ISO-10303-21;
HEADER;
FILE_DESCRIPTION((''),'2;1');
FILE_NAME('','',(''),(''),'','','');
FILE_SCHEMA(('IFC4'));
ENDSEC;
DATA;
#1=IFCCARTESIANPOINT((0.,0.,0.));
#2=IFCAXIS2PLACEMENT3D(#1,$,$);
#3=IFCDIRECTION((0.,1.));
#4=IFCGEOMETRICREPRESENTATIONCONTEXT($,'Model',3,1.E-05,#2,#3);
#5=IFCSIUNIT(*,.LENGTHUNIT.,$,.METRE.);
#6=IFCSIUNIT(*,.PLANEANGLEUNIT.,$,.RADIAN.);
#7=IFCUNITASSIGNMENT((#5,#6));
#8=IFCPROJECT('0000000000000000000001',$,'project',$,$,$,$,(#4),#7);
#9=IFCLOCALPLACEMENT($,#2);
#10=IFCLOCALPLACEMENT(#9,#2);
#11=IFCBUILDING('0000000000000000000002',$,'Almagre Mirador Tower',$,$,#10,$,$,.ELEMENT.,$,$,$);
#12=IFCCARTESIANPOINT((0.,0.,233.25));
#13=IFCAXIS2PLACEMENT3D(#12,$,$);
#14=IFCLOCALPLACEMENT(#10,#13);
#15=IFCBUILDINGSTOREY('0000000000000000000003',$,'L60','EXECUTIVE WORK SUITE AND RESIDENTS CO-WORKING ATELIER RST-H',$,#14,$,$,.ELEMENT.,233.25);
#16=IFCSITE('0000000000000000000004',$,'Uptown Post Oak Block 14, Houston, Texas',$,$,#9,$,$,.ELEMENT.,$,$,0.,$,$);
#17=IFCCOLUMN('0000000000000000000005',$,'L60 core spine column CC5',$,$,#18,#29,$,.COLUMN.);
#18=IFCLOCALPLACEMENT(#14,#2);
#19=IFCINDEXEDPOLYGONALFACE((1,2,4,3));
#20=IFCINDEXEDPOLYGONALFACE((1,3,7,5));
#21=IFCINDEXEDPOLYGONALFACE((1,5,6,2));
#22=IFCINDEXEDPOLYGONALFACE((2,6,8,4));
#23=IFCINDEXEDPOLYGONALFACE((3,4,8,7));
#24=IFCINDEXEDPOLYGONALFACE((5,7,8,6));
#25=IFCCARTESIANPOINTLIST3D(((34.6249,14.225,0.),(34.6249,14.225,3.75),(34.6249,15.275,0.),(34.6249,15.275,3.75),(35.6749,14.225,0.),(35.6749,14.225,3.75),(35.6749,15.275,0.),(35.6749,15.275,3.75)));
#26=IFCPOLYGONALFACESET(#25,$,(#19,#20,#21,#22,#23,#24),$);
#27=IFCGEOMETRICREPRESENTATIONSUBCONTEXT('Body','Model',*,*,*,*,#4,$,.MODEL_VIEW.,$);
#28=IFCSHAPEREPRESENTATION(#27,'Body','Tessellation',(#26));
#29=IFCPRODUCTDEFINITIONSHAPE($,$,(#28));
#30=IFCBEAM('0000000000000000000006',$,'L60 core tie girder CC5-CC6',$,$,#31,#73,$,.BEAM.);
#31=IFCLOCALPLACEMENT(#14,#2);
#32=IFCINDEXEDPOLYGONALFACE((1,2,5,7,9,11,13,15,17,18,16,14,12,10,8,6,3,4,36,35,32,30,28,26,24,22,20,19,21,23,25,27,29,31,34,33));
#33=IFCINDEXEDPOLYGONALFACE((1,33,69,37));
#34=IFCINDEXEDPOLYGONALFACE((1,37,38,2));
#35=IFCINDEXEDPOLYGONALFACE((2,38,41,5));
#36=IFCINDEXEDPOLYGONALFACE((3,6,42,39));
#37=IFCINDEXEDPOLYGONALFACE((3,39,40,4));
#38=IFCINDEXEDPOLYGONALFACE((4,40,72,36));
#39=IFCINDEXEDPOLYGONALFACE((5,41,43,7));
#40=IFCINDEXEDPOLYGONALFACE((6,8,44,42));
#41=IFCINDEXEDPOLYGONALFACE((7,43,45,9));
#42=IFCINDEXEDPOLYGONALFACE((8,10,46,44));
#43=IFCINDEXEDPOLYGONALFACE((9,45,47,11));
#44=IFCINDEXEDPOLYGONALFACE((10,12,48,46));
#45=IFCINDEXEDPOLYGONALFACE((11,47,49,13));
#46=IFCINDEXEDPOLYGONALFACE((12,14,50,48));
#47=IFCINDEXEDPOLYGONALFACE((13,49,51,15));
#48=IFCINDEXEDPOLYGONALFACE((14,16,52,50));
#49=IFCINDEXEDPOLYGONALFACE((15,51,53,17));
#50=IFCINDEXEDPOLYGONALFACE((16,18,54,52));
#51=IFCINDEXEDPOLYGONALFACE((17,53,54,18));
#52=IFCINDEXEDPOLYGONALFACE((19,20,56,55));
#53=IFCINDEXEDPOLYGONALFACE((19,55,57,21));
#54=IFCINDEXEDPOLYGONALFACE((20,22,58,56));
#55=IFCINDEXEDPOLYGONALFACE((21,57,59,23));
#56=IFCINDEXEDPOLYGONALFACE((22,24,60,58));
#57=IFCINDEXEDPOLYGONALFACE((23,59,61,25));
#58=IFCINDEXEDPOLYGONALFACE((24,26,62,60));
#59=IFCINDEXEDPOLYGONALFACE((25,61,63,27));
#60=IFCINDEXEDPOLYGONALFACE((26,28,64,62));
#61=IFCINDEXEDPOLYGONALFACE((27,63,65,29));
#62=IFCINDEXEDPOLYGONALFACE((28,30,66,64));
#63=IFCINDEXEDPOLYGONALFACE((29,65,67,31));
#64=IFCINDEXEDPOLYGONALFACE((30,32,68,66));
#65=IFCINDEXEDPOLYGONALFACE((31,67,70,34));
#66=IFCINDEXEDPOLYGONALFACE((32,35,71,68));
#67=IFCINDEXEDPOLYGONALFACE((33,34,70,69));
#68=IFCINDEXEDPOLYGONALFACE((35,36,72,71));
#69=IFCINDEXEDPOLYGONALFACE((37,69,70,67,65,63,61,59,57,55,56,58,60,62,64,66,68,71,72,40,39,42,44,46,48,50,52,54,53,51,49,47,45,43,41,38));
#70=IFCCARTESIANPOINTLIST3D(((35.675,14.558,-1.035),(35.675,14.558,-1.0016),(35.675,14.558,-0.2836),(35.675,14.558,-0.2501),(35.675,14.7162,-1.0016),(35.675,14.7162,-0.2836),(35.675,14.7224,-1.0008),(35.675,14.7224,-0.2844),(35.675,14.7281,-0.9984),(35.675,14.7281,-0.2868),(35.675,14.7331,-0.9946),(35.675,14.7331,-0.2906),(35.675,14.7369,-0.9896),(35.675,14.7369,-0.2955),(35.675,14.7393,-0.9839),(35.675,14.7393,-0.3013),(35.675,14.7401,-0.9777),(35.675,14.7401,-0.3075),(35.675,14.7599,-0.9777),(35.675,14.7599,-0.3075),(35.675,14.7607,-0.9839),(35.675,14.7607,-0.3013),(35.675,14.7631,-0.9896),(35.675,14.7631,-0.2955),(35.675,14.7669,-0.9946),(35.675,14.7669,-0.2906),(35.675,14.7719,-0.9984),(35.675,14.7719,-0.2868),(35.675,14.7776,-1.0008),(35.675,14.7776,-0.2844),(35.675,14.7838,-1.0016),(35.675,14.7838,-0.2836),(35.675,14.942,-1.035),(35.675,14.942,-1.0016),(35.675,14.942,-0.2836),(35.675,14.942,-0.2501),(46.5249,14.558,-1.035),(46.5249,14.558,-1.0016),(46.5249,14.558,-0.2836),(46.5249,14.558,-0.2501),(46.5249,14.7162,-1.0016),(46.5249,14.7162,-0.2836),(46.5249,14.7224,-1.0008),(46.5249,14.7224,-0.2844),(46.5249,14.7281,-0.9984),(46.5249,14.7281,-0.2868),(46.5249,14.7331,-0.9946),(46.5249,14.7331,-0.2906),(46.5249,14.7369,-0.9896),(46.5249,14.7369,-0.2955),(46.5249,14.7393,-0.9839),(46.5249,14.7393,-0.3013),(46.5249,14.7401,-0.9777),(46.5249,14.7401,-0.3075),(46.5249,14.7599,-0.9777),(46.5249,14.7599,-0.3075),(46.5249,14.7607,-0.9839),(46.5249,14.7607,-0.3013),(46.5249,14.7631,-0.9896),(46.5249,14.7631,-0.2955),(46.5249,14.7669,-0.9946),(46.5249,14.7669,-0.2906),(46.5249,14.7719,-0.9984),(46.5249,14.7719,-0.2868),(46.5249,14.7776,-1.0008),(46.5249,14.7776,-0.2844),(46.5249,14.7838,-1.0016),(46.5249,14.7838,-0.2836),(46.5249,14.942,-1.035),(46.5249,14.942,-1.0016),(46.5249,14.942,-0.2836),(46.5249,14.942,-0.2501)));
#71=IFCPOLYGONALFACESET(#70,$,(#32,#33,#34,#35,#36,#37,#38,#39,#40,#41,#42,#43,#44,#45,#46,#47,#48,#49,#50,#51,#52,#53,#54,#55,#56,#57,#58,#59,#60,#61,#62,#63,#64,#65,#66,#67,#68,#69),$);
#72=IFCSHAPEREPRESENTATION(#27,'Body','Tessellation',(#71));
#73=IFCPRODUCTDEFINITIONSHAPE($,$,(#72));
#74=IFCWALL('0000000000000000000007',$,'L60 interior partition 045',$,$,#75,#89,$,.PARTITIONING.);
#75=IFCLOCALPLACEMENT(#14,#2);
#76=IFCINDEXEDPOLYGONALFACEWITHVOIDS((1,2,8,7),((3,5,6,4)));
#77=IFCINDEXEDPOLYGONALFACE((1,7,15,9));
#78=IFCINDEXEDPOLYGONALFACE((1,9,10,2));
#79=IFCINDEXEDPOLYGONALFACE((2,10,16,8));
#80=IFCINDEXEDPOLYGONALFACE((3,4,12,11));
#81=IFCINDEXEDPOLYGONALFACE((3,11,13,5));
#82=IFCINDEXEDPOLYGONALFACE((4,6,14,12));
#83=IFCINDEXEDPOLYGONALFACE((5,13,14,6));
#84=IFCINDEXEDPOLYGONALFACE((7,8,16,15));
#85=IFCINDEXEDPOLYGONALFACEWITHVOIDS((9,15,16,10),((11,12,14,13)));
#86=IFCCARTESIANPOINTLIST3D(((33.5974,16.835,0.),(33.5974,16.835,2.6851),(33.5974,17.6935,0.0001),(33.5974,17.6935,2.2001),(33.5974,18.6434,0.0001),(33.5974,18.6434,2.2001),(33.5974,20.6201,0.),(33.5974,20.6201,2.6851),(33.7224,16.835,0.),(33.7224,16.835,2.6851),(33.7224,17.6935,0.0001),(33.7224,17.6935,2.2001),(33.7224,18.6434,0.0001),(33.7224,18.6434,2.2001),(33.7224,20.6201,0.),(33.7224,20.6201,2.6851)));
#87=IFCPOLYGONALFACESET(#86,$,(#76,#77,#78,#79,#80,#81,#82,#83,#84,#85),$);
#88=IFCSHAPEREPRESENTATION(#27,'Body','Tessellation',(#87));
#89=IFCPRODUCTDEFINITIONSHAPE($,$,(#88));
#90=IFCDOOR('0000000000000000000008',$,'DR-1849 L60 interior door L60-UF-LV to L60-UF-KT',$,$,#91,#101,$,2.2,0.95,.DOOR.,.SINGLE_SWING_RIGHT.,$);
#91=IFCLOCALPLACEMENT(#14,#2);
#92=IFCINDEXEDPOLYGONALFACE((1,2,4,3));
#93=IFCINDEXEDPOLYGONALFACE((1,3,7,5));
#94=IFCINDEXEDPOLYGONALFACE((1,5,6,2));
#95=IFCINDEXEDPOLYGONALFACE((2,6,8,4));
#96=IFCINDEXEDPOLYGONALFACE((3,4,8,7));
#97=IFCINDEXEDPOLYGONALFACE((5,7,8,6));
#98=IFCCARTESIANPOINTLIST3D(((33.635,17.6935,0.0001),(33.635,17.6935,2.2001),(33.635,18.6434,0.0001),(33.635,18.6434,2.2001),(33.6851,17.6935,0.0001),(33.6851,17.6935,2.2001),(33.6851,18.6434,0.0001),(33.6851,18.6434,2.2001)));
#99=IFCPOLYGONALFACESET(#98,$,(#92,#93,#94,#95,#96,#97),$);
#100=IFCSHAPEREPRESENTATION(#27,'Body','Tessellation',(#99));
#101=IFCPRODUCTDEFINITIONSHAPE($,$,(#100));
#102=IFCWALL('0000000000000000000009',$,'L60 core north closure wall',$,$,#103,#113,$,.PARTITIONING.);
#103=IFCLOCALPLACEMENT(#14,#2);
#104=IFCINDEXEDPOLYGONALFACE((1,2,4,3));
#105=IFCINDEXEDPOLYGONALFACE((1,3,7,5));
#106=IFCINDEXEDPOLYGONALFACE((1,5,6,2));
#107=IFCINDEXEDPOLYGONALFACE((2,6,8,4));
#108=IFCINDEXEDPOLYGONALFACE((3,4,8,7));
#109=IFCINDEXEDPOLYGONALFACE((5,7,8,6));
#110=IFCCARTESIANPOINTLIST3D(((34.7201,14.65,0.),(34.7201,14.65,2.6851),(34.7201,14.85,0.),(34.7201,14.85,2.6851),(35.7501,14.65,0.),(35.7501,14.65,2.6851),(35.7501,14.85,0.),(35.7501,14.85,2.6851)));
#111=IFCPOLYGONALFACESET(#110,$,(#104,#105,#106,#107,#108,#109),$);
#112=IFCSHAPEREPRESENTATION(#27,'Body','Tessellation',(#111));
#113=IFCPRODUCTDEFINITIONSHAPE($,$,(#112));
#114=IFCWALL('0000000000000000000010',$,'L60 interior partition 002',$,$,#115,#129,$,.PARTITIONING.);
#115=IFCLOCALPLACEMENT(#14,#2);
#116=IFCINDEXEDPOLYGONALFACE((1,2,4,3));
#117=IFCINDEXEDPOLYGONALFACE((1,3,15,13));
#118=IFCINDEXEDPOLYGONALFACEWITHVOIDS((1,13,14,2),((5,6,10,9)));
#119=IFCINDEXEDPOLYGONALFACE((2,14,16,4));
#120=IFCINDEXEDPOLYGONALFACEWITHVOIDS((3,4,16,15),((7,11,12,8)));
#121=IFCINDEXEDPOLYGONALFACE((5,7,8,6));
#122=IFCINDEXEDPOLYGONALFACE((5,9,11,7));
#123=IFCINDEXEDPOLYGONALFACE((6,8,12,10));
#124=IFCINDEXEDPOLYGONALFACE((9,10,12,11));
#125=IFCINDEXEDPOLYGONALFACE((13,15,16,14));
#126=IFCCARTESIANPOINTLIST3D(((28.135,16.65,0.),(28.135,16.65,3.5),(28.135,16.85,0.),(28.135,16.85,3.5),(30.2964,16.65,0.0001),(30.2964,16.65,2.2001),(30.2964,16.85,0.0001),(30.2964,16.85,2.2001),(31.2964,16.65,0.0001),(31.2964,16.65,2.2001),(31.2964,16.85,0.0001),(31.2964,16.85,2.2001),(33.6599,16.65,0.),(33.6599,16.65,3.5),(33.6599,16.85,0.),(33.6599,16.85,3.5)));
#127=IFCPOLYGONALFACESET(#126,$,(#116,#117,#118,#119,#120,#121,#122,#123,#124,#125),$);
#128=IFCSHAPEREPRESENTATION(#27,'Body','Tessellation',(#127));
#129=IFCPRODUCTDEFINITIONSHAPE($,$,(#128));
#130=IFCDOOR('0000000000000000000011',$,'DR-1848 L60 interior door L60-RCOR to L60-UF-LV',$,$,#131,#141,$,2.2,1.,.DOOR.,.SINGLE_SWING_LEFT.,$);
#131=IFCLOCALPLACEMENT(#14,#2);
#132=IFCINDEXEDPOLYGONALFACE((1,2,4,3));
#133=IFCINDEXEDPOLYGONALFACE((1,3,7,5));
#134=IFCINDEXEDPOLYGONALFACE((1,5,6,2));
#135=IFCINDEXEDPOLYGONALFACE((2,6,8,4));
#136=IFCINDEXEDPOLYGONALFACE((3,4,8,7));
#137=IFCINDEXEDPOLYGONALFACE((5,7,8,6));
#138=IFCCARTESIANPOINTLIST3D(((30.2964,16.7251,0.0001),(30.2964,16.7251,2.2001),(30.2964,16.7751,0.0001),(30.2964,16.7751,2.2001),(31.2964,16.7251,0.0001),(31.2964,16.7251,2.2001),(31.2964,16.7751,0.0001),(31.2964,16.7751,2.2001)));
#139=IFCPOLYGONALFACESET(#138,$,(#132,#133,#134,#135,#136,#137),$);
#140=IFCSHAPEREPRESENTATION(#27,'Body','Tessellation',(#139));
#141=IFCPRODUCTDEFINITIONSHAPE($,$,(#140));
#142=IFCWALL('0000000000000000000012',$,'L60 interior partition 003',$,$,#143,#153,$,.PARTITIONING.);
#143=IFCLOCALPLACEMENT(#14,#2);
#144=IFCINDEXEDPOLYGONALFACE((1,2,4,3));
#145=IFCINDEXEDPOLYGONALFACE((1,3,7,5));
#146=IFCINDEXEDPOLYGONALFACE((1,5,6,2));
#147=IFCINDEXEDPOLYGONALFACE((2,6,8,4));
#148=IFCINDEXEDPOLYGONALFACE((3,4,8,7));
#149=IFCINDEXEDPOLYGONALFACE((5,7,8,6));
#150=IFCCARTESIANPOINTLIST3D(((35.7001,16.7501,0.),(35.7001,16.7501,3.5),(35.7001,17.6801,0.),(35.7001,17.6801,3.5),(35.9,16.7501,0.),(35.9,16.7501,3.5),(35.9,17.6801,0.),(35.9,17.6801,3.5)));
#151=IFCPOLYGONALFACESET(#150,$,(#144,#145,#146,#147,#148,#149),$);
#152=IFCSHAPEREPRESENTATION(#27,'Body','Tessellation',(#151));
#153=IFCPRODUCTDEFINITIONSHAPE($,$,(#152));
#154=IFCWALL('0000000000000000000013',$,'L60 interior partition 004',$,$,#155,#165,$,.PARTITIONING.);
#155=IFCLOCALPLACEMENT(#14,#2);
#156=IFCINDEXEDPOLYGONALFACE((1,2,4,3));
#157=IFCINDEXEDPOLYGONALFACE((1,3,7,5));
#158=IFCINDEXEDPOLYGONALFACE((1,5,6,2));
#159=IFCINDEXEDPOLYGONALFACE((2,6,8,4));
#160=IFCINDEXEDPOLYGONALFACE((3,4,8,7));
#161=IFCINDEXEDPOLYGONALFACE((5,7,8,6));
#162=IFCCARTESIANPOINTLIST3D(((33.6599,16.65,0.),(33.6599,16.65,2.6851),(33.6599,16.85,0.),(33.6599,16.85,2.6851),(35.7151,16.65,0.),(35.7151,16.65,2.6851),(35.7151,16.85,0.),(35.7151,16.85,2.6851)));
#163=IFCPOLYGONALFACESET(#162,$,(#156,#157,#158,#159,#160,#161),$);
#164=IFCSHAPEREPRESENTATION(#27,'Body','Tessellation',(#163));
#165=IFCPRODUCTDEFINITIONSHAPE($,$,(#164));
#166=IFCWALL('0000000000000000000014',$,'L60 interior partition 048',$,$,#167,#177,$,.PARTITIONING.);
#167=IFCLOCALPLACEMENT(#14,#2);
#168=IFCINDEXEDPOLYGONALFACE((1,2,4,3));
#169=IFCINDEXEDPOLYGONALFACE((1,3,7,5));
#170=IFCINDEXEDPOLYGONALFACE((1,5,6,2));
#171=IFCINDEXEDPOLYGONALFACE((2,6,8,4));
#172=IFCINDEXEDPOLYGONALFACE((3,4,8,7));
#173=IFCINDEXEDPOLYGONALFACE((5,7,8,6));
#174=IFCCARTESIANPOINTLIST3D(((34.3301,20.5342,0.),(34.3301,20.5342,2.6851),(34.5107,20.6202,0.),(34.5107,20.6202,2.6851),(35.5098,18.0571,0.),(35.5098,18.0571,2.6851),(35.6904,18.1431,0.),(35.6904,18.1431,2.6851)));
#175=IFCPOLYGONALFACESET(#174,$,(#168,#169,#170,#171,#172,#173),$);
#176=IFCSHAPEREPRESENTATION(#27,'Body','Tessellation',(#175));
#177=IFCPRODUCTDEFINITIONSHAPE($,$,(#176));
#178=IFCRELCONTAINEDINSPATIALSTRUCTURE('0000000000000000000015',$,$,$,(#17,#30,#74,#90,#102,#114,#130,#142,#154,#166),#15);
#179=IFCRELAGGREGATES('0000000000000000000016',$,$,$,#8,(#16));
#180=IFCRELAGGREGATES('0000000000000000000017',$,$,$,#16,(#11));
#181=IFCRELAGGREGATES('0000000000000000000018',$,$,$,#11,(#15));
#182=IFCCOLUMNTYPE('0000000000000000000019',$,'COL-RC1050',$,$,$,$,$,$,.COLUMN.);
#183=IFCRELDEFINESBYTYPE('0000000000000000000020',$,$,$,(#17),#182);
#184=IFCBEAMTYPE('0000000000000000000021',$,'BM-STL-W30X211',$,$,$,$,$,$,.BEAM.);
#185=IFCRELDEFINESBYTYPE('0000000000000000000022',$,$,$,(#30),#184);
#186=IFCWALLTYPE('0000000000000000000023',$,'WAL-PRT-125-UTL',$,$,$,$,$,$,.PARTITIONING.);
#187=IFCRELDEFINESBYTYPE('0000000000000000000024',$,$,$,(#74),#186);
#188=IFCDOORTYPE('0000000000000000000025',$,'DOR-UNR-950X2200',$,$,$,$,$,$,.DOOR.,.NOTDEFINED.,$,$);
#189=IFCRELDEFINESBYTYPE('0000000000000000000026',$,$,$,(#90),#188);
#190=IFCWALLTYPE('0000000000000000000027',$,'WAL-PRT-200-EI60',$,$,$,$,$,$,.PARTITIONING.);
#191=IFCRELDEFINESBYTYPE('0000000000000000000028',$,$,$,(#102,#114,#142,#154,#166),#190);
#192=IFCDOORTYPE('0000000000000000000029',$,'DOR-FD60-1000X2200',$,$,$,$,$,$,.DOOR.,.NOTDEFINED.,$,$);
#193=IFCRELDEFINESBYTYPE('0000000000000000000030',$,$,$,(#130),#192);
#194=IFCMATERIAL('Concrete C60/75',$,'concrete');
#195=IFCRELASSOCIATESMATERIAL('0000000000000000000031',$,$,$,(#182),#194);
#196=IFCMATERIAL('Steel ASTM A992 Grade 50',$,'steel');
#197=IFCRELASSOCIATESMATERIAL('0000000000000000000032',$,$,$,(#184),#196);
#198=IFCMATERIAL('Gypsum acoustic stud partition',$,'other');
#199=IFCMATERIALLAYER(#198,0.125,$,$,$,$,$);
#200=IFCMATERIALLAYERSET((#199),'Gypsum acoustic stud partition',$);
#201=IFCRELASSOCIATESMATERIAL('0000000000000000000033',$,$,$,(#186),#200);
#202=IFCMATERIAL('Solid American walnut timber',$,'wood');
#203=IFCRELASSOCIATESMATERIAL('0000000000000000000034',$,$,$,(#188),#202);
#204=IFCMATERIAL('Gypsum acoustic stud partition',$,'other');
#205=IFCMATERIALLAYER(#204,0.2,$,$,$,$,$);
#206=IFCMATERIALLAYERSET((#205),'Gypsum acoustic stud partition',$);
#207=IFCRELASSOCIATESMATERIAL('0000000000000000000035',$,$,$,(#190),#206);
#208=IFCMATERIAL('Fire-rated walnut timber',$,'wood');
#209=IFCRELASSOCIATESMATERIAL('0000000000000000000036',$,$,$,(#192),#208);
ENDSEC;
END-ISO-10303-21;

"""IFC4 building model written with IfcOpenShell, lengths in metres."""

from ifc_helpers import new_model, si_unit, direction, frame, frame_2d, origin, origin_2d, place, context, subcontext, project, spatial, rectangle, i_section, extrude, material, layer, layer_set, material_profile, profile_set, type_object, element, fill, save


model = new_model("IFC4")

# Units and contexts
model_context = context("Model", 3, precision=1e-05, world=origin(), true_north=direction((0.0, 1.0)))
body_context = subcontext(model_context, "Body", "Model", "MODEL_VIEW")
ifc_project = project(units=[si_unit("LENGTHUNIT", "METRE"), si_unit("PLANEANGLEUNIT", "RADIAN")], contexts=[model_context])

# Site, building, storey
site_placement = place(None, origin())
site = spatial("IfcSite", under=ifc_project, at=site_placement, Name="Uptown Post Oak Block 14, Houston, Texas", CompositionType="ELEMENT", RefElevation=0.0)
building_placement = place(site_placement, origin())
building = spatial("IfcBuilding", under=site, at=building_placement, Name="Almagre Mirador Tower", CompositionType="ELEMENT")
storey_placement = place(building_placement, frame((0.0, 0.0, 233.25)))
storey = spatial("IfcBuildingStorey", under=building, at=storey_placement, Name="L60", Description="EXECUTIVE WORK SUITE AND RESIDENTS CO-WORKING ATELIER RST-H", CompositionType="ELEMENT", Elevation=233.25)

# Column
ifc_material_1 = material(Name="Concrete C60/75", Category="concrete")
ifc_material_profile_1 = material_profile(ifc_material_1, rectangle(XDim=1.05, YDim=1.05, at=origin_2d()), Name="RC1050X1050")
ifc_profile_set_1 = profile_set([ifc_material_profile_1], Name="Concrete C60/75")
column_type = type_object("IfcColumnType", Name="COL-RC1050", PredefinedType="COLUMN", material=ifc_profile_set_1)
column_placement = place(storey_placement, frame((35.1499, 14.75, 0.0), z_axis=(0.0, 0.0, 1.0), x_axis=(1.0, 0.0, 0.0)))
element("IfcColumn", 1, at=column_placement, inside=storey, type_object=column_type, Name="L60 core spine column CC5", PredefinedType="COLUMN", context=body_context, shape_type="SweptSolid", body=[
    extrude(rectangle(XDim=1.05, YDim=1.05, at=origin_2d()), origin(), (0.0, 0.0, 1.0), 3.75),
])

# Beam
ifc_material_2 = material(Name="Steel ASTM A992 Grade 50", Category="steel")
ifc_material_profile_2 = material_profile(ifc_material_2, i_section(OverallWidth=0.384, OverallDepth=0.7849, WebThickness=0.0198, FlangeThickness=0.0334, FilletRadius=0.0239, at=origin_2d()), Name="W30X211")
ifc_profile_set_2 = profile_set([ifc_material_profile_2], Name="Steel ASTM A992 Grade 50")
beam_type = type_object("IfcBeamType", Name="BM-STL-W30X211", PredefinedType="BEAM", material=ifc_profile_set_2)
beam_placement = place(storey_placement, frame((35.675, 14.75, -0.6426), z_axis=(1.0, 0.0, 0.0), x_axis=(0.0, 1.0, 0.0)))
element("IfcBeam", 2, at=beam_placement, inside=storey, type_object=beam_type, Name="L60 core tie girder CC5-CC6", PredefinedType="BEAM", context=body_context, shape_type="SweptSolid", body=[
    extrude(i_section(OverallWidth=0.384, OverallDepth=0.7849, WebThickness=0.0198, FlangeThickness=0.0334, FilletRadius=0.0239, at=origin_2d()), origin(), (0.0, 0.0, 1.0), 10.8499),
])

# Wall, opening, door
ifc_material_3 = material(Name="Gypsum acoustic stud partition", Category="other")
ifc_layer_1 = layer(ifc_material_3, 0.125)
ifc_layer_set_1 = layer_set([ifc_layer_1], Name="Gypsum acoustic stud partition")
wall_type_1 = type_object("IfcWallType", Name="WAL-PRT-125-UTL", PredefinedType="PARTITIONING", material=ifc_layer_set_1)
wall_1_placement = place(storey_placement, frame((33.6599, 16.835, 0.0), z_axis=(0.0, 0.0, 1.0), x_axis=(0.0, 1.0, 0.0)))
wall_1 = element("IfcWall", 3, at=wall_1_placement, inside=storey, type_object=wall_type_1, Name="L60 interior partition 045", PredefinedType="PARTITIONING", context=body_context, shape_type="SweptSolid", body=[
    extrude(rectangle(XDim=3.7852, YDim=0.125, at=frame_2d((1.8926, 0.0))), origin(), (0.0, 0.0, 1.0), 2.6851),
])
opening_1_placement = place(wall_1_placement, frame((0.8584, 0.0, 0.0)))
opening_1 = element("IfcOpeningElement", 4, at=opening_1_placement, cuts=wall_1, PredefinedType="OPENING", context=body_context, shape_type="SweptSolid", body=[
    extrude(rectangle(XDim=0.95, YDim=2.2, at=frame_2d((0.4751, 1.1001))), frame((0.0, 0.0725, 0.0), z_axis=(0.0, -1.0, 0.0), x_axis=(1.0, 0.0, 0.0)), (0.0, 0.0, 1.0), 0.145),
])
ifc_material_4 = material(Name="Solid American walnut timber", Category="wood")
door_type_1 = type_object("IfcDoorType", Name="DOR-UNR-950X2200", OperationType="NOTDEFINED", PredefinedType="DOOR", material=ifc_material_4)
door_1_placement = place(opening_1_placement, origin())
door_1 = element("IfcDoor", 5, at=door_1_placement, inside=storey, type_object=door_type_1, Name="DR-1849 L60 interior door L60-UF-LV to L60-UF-KT", OperationType="SINGLE_SWING_RIGHT", OverallHeight=2.2, OverallWidth=0.95, PredefinedType="DOOR", context=body_context, shape_type="SweptSolid", body=[
    extrude(rectangle(XDim=0.95, YDim=2.2, at=frame_2d((0.4751, 1.1001))), frame((0.0, 0.0249, 0.0), z_axis=(0.0, -1.0, 0.0), x_axis=(1.0, 0.0, 0.0)), (0.0, 0.0, 1.0), 0.05),
])
fill(opening_1, door_1)

# Wall
ifc_material_5 = material(Name="Gypsum acoustic stud partition", Category="other")
ifc_layer_2 = layer(ifc_material_5, 0.2)
ifc_layer_set_2 = layer_set([ifc_layer_2], Name="Gypsum acoustic stud partition")
wall_type_2 = type_object("IfcWallType", Name="WAL-PRT-200-EI60", PredefinedType="PARTITIONING", material=ifc_layer_set_2)
wall_2_placement = place(storey_placement, frame((34.72, 14.75, 0.0), z_axis=(0.0, 0.0, 1.0), x_axis=(1.0, 0.0, 0.0)))
element("IfcWall", 6, at=wall_2_placement, inside=storey, type_object=wall_type_2, Name="L60 core north closure wall", PredefinedType="PARTITIONING", context=body_context, shape_type="SweptSolid", body=[
    extrude(rectangle(XDim=1.03, YDim=0.2, at=frame_2d((0.5151, 0.0))), origin(), (0.0, 0.0, 1.0), 2.6851),
])

# Wall, opening, door
wall_3_placement = place(storey_placement, frame((33.6599, 16.75, 0.0), z_axis=(0.0, 0.0, 1.0), x_axis=(-1.0, 0.0, 0.0)))
wall_3 = element("IfcWall", 7, at=wall_3_placement, inside=storey, type_object=wall_type_2, Name="L60 interior partition 002", PredefinedType="PARTITIONING", context=body_context, shape_type="SweptSolid", body=[
    extrude(rectangle(XDim=5.5249, YDim=0.2, at=frame_2d((2.7625, 0.0))), origin(), (0.0, 0.0, 1.0), 3.5),
])
opening_2_placement = place(wall_3_placement, frame((2.3635, 0.0, 0.0)))
opening_2 = element("IfcOpeningElement", 8, at=opening_2_placement, cuts=wall_3, PredefinedType="OPENING", context=body_context, shape_type="SweptSolid", body=[
    extrude(rectangle(XDim=1.0, YDim=2.2, at=frame_2d((0.5, 1.1001))), frame((0.0, 0.1101, 0.0), z_axis=(0.0, -1.0, 0.0), x_axis=(1.0, 0.0, 0.0)), (0.0, 0.0, 1.0), 0.22),
])
ifc_material_6 = material(Name="Fire-rated walnut timber", Category="wood")
door_type_2 = type_object("IfcDoorType", Name="DOR-FD60-1000X2200", OperationType="NOTDEFINED", PredefinedType="DOOR", material=ifc_material_6)
door_2_placement = place(opening_2_placement, origin())
door_2 = element("IfcDoor", 9, at=door_2_placement, inside=storey, type_object=door_type_2, Name="DR-1848 L60 interior door L60-RCOR to L60-UF-LV", OperationType="SINGLE_SWING_LEFT", OverallHeight=2.2, OverallWidth=1.0, PredefinedType="DOOR", context=body_context, shape_type="SweptSolid", body=[
    extrude(rectangle(XDim=1.0, YDim=2.2, at=frame_2d((0.5, 1.1001))), frame((0.0, 0.0249, 0.0), z_axis=(0.0, -1.0, 0.0), x_axis=(1.0, 0.0, 0.0)), (0.0, 0.0, 1.0), 0.05),
])
fill(opening_2, door_2)

# Walls
wall_4_placement = place(storey_placement, frame((35.8, 17.6799, 0.0), z_axis=(0.0, 0.0, 1.0), x_axis=(0.0, -1.0, 0.0)))
element("IfcWall", 10, at=wall_4_placement, inside=storey, type_object=wall_type_2, Name="L60 interior partition 003", PredefinedType="PARTITIONING", context=body_context, shape_type="SweptSolid", body=[
    extrude(rectangle(XDim=0.9299, YDim=0.2, at=frame_2d((0.4648, 0.0))), origin(), (0.0, 0.0, 1.0), 3.5),
])
wall_5_placement = place(storey_placement, frame((35.7151, 16.75, 0.0), z_axis=(0.0, 0.0, 1.0), x_axis=(-1.0, 0.0, 0.0)))
element("IfcWall", 11, at=wall_5_placement, inside=storey, type_object=wall_type_2, Name="L60 interior partition 004", PredefinedType="PARTITIONING", context=body_context, shape_type="SweptSolid", body=[
    extrude(rectangle(XDim=2.0552, YDim=0.2, at=frame_2d((1.0276, 0.0))), origin(), (0.0, 0.0, 1.0), 2.6851),
])
wall_6_placement = place(storey_placement, frame((35.6001, 18.1001, 0.0), z_axis=(0.0, 0.0, 1.0), x_axis=(-0.429975, 0.902841, 0.0)))
element("IfcWall", 12, at=wall_6_placement, inside=storey, type_object=wall_type_2, Name="L60 interior partition 048", PredefinedType="PARTITIONING", context=body_context, shape_type="SweptSolid", body=[
    extrude(rectangle(XDim=2.7437, YDim=0.2, at=frame_2d((1.3718, 0.0))), origin(), (0.0, 0.0, 1.0), 2.6851),
])

save(model, "model.ifc")
